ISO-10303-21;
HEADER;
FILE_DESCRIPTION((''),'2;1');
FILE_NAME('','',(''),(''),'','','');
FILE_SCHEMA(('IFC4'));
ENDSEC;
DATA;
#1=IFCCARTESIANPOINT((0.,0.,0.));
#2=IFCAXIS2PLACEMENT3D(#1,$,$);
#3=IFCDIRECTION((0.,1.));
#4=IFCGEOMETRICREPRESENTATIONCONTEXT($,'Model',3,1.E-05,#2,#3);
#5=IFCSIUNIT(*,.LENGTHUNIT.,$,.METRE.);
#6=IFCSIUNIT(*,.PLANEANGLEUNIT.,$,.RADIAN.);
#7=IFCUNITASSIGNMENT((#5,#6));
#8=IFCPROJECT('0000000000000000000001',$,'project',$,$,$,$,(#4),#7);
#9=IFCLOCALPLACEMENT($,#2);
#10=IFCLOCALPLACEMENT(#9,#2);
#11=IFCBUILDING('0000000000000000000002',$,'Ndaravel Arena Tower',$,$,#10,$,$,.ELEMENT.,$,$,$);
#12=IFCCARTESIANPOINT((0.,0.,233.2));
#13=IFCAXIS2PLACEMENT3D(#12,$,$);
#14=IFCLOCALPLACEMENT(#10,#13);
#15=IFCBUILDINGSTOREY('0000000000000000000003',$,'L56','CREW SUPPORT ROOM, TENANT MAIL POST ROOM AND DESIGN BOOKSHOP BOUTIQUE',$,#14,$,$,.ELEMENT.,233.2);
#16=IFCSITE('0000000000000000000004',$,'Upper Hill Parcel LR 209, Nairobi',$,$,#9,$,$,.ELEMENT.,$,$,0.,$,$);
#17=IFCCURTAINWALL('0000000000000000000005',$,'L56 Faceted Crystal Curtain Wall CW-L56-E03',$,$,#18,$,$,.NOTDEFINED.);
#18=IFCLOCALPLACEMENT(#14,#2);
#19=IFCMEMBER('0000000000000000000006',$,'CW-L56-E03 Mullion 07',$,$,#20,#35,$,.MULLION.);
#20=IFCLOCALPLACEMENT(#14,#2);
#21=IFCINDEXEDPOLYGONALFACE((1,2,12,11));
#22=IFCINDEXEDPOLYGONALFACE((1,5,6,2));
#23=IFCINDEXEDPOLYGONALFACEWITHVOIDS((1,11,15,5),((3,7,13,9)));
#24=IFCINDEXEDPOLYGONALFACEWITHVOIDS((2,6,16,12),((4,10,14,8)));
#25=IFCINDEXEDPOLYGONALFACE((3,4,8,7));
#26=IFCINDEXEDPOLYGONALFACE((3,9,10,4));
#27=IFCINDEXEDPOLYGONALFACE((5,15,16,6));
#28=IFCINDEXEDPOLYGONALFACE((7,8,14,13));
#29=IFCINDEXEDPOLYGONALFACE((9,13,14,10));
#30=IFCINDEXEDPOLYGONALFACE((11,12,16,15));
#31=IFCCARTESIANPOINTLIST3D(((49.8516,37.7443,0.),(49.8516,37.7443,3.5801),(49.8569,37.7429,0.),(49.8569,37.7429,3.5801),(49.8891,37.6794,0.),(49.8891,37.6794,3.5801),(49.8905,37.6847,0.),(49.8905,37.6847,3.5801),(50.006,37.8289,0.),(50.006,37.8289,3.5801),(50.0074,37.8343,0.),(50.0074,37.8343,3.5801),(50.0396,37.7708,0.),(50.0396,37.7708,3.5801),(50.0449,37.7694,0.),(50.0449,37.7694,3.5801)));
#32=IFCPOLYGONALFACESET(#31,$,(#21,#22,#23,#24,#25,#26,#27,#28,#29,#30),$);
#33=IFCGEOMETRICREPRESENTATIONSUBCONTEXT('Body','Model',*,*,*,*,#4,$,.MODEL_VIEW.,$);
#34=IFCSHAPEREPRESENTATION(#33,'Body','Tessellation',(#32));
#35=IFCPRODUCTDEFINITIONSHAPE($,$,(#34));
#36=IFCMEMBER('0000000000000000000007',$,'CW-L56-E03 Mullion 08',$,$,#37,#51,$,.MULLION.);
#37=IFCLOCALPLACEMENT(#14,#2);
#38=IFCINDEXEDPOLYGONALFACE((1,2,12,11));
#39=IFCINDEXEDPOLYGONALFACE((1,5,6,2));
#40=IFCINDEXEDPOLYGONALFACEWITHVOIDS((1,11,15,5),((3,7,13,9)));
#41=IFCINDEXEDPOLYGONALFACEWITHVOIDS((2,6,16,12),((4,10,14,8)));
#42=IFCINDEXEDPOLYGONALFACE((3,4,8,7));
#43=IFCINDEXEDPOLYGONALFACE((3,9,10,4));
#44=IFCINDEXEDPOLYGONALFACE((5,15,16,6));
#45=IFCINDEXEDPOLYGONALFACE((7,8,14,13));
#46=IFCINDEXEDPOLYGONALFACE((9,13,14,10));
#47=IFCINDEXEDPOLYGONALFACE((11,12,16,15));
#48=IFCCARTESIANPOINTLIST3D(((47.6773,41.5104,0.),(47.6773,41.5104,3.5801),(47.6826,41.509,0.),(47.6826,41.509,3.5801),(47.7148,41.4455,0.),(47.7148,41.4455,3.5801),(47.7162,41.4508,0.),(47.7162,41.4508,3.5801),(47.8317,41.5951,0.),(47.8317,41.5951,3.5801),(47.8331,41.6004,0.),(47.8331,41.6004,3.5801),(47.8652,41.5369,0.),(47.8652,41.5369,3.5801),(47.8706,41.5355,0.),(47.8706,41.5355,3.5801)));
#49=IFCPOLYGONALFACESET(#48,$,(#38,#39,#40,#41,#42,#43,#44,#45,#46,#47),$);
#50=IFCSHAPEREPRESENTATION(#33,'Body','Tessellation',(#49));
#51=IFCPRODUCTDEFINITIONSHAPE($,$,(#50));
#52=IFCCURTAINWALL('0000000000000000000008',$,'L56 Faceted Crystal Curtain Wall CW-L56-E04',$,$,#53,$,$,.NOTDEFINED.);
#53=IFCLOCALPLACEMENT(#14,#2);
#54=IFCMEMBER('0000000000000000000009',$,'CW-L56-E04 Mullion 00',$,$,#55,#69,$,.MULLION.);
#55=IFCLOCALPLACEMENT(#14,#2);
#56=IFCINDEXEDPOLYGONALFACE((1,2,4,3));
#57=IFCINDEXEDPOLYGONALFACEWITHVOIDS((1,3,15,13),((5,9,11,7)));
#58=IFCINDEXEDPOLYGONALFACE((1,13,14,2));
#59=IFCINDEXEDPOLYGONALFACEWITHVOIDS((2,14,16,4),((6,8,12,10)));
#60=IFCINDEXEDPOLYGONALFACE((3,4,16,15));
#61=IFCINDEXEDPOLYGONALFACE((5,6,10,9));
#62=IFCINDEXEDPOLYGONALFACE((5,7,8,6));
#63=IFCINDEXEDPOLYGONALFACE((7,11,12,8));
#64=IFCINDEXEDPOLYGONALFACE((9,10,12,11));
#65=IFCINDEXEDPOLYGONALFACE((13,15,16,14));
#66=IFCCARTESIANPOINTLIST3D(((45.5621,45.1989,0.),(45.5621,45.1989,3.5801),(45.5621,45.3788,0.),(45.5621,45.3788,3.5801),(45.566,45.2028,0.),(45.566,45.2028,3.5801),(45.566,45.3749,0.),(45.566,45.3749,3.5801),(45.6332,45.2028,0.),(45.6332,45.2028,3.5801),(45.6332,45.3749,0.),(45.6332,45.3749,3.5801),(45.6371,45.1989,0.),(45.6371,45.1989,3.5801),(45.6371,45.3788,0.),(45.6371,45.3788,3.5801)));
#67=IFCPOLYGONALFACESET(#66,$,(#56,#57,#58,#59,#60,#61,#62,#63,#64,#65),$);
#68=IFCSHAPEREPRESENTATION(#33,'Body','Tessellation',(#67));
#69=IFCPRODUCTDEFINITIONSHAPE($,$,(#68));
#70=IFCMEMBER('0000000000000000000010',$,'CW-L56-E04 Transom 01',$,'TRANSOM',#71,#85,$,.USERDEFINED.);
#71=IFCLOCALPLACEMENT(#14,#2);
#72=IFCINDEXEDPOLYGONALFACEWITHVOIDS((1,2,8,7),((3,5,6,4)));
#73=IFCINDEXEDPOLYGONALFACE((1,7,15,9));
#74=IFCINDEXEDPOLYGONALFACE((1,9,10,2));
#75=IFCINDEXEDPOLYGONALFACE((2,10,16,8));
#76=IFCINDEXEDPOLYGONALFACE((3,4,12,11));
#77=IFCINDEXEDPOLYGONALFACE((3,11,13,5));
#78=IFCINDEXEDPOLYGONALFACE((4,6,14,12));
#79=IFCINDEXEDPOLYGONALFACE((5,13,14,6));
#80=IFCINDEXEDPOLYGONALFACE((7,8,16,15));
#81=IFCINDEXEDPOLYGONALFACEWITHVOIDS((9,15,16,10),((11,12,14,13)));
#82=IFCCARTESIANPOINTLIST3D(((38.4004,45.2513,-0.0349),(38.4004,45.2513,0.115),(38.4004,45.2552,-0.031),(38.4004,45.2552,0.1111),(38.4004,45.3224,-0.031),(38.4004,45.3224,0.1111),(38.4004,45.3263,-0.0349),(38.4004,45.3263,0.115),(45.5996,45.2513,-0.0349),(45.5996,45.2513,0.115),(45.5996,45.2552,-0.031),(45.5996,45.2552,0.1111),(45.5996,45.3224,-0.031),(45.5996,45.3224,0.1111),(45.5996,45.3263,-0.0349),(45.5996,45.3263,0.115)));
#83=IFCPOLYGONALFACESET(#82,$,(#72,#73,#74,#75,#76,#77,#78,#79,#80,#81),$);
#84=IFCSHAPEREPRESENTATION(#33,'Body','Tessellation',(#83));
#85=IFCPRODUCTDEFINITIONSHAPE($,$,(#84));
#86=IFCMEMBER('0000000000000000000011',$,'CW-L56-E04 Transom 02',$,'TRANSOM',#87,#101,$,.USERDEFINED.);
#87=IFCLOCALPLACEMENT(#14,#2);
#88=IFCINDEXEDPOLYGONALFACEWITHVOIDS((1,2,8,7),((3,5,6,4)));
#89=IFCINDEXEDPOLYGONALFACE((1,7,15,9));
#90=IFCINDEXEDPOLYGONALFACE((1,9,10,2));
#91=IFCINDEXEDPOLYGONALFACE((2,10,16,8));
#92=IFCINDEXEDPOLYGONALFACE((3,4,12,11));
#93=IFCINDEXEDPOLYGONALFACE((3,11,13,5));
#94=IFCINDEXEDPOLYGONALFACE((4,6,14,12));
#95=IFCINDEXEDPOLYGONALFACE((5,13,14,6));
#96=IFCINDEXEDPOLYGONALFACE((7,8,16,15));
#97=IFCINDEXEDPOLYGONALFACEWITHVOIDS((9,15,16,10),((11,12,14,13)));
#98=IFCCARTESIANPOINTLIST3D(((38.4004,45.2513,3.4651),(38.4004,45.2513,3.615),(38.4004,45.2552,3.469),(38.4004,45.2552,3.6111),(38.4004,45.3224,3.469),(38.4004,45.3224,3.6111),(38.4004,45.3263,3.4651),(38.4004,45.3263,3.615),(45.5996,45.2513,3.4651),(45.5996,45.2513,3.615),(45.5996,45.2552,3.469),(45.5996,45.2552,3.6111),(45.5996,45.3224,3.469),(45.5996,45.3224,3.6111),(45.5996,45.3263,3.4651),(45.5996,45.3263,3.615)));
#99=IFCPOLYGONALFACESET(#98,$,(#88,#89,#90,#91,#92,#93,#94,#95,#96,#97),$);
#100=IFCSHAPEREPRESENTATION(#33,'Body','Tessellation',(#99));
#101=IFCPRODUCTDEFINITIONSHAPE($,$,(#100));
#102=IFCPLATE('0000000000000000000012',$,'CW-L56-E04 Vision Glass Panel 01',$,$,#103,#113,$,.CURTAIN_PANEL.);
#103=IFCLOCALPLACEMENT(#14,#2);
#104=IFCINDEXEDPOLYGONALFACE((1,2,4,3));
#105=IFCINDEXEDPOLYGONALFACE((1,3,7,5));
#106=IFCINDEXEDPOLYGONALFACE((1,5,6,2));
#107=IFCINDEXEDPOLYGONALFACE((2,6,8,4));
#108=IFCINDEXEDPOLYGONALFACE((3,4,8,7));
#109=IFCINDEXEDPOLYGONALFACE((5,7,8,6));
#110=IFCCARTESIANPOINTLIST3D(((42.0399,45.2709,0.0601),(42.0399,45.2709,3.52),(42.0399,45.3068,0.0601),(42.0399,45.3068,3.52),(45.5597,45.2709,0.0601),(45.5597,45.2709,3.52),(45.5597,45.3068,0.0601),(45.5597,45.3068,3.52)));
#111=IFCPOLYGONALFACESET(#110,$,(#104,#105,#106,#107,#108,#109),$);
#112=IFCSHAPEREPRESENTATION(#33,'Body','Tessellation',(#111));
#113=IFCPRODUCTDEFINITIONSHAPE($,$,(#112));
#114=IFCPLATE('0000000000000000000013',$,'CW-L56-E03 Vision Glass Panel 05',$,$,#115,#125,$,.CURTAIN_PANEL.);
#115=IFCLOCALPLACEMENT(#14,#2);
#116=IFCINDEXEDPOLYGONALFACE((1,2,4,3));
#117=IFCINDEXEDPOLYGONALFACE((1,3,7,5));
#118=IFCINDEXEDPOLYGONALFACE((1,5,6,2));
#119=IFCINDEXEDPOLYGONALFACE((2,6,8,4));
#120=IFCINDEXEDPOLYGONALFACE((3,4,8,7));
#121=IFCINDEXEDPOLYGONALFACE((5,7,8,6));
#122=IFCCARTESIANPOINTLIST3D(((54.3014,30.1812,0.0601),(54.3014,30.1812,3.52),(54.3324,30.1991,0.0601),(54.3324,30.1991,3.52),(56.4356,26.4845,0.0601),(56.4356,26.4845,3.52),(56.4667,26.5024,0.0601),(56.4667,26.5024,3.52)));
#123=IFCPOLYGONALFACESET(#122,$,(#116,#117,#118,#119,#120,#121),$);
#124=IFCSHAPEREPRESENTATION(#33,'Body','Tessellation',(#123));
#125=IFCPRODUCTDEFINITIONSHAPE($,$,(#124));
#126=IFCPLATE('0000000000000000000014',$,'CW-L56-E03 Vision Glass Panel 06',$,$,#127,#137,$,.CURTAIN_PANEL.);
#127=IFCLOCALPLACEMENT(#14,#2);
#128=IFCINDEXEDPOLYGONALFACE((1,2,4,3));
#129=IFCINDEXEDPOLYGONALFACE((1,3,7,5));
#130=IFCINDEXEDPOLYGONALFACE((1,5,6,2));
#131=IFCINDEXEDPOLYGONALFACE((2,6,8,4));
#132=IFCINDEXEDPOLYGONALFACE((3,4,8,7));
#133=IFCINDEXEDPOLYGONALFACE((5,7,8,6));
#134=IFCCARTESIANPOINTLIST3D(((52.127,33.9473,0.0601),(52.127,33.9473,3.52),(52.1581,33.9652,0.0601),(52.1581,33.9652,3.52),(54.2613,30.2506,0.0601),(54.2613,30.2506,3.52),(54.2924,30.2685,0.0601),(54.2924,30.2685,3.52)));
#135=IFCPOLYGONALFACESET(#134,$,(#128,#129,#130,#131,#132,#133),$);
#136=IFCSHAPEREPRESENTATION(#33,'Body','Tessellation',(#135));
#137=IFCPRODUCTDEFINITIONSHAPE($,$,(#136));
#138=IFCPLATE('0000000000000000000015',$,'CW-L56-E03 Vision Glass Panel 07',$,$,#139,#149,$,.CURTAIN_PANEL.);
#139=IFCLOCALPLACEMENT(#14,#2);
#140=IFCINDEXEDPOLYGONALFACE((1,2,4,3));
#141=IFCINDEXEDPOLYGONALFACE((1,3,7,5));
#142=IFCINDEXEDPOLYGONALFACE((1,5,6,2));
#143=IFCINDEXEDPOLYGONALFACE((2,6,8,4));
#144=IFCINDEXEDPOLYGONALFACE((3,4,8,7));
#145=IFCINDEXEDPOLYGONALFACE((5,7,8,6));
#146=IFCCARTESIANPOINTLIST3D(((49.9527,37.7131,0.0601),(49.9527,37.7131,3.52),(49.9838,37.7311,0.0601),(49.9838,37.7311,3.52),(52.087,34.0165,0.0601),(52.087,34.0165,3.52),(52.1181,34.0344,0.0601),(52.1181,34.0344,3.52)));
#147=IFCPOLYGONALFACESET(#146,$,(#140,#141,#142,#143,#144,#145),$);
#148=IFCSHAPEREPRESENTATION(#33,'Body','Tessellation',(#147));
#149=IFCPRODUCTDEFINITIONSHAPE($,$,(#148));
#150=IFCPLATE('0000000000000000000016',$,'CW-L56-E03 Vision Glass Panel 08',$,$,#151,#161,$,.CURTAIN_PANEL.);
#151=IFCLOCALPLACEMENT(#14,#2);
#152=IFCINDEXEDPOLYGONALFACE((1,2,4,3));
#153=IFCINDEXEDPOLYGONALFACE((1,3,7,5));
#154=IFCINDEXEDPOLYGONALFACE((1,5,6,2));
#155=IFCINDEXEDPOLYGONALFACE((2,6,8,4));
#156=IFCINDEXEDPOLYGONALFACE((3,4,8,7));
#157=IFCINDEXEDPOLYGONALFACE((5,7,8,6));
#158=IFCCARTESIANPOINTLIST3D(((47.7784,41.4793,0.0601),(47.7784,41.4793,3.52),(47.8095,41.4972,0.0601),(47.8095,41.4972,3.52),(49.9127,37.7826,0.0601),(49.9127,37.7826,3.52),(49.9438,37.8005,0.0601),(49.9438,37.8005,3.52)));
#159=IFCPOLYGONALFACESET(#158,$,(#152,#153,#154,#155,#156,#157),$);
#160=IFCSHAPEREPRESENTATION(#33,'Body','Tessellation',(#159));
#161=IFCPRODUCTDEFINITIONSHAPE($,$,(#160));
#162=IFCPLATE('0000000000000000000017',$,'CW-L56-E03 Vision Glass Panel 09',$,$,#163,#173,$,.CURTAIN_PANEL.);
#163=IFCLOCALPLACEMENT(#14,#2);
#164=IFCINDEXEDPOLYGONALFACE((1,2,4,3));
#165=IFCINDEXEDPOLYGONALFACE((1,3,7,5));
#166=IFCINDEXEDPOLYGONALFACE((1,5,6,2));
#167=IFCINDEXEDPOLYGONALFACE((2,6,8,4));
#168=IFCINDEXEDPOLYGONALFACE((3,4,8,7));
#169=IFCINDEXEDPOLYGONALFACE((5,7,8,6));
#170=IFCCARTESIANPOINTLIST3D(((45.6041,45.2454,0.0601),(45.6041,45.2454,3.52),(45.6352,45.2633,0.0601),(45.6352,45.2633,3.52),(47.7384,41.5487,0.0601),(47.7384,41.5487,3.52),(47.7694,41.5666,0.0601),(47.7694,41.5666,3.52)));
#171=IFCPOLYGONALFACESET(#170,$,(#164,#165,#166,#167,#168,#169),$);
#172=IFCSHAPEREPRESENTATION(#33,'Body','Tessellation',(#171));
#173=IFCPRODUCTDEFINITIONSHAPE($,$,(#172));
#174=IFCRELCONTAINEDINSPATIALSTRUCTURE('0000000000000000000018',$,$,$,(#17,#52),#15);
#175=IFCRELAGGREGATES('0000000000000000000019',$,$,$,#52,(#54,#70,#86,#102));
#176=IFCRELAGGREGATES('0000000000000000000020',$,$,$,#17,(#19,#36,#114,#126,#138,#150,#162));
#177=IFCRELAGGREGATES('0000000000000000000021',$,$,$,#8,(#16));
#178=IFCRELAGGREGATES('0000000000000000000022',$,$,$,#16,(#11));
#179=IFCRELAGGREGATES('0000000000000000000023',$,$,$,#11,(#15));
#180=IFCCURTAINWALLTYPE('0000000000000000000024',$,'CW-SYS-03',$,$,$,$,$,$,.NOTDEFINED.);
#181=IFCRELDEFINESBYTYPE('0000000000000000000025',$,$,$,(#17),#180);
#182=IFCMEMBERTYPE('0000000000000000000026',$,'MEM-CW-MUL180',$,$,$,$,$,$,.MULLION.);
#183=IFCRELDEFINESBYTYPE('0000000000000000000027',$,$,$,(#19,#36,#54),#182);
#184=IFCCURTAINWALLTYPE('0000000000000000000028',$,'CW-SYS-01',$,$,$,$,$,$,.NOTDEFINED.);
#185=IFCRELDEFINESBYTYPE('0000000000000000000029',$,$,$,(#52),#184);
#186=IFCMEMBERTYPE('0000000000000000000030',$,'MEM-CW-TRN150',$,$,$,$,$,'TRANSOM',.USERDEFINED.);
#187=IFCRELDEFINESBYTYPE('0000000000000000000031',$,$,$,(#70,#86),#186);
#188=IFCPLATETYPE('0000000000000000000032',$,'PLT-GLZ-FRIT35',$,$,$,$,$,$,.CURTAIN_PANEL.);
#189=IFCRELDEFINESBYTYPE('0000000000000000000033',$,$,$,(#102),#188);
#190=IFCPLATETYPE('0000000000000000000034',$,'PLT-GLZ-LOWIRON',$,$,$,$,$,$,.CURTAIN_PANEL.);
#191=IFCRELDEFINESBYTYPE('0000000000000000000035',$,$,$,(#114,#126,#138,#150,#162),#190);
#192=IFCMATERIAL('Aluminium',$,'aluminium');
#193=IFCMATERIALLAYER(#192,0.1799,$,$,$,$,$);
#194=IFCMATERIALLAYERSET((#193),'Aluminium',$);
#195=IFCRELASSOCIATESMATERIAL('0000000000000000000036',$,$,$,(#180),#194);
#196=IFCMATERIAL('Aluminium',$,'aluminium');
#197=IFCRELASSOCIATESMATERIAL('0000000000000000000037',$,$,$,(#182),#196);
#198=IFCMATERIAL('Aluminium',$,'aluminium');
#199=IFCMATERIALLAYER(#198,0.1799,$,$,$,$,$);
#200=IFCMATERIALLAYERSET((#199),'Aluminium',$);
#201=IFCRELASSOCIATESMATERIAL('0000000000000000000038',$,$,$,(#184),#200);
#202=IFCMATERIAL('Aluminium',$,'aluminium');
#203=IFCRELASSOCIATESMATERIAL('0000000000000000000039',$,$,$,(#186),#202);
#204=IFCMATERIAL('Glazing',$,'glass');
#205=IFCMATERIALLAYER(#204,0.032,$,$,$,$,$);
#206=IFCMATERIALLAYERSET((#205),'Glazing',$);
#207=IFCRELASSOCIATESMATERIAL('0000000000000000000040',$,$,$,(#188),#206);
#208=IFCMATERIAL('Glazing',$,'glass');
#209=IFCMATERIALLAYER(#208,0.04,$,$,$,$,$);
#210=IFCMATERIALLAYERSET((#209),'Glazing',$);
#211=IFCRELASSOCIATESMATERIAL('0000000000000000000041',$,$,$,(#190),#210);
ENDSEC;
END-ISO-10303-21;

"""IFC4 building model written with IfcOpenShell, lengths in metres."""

from ifc_helpers import new_model, si_unit, direction, frame, origin, origin_2d, place, context, subcontext, project, spatial, rectangle, hollow_rectangle, extrude, material, layer, layer_set, material_profile, profile_set, type_object, element, aggregate, save


model = new_model("IFC4")

# Units and contexts
model_context = context("Model", 3, precision=1e-05, world=origin(), true_north=direction((0.0, 1.0)))
body_context = subcontext(model_context, "Body", "Model", "MODEL_VIEW")
ifc_project = project(units=[si_unit("LENGTHUNIT", "METRE"), si_unit("PLANEANGLEUNIT", "RADIAN")], contexts=[model_context])

# Site, building, storey
site_placement = place(None, origin())
site = spatial("IfcSite", under=ifc_project, at=site_placement, Name="Upper Hill Parcel LR 209, Nairobi", CompositionType="ELEMENT", RefElevation=0.0)
building_placement = place(site_placement, origin())
building = spatial("IfcBuilding", under=site, at=building_placement, Name="Ndaravel Arena Tower", CompositionType="ELEMENT")
storey_placement = place(building_placement, frame((0.0, 0.0, 233.2)))
storey = spatial("IfcBuildingStorey", under=building, at=storey_placement, Name="L56", Description="CREW SUPPORT ROOM, TENANT MAIL POST ROOM AND DESIGN BOOKSHOP BOUTIQUE", CompositionType="ELEMENT", Elevation=233.2)

# Curtain wall, members
ifc_material_1 = material(Name="Aluminium", Category="aluminium")
ifc_layer_1 = layer(ifc_material_1, 0.1799)
ifc_layer_set_1 = layer_set([ifc_layer_1], Name="Aluminium")
curtain_wall_type_1 = type_object("IfcCurtainWallType", Name="CW-SYS-03", PredefinedType="NOTDEFINED", material=ifc_layer_set_1)
curtain_wall_1_placement = place(storey_placement, origin())
curtain_wall_1 = element("IfcCurtainWall", 1, at=curtain_wall_1_placement, inside=storey, type_object=curtain_wall_type_1, Name="L56 Faceted Crystal Curtain Wall CW-L56-E03", PredefinedType="NOTDEFINED")
ifc_material_2 = material(Name="Aluminium", Category="aluminium")
ifc_material_profile_1 = material_profile(ifc_material_2, hollow_rectangle(XDim=0.075, YDim=0.1799, WallThickness=0.0039, at=origin_2d()), Name="CW MULLION 75x180x4")
ifc_profile_set_1 = profile_set([ifc_material_profile_1], Name="Aluminium")
member_type_1 = type_object("IfcMemberType", Name="MEM-CW-MUL180", PredefinedType="MULLION", material=ifc_profile_set_1)
member_1_placement = place(storey_placement, frame((49.9482, 37.7568, 0.0), z_axis=(0.0, 0.0, 1.0), x_axis=(-0.5, 0.866025, 0.0)))
member_1 = element("IfcMember", 2, at=member_1_placement, type_object=member_type_1, Name="CW-L56-E03 Mullion 07", PredefinedType="MULLION", context=body_context, shape_type="SweptSolid", body=[
    extrude(hollow_rectangle(XDim=0.075, YDim=0.1799, WallThickness=0.0039, at=origin_2d()), origin(), (0.0, 0.0, 1.0), 3.5801),
])
member_2_placement = place(storey_placement, frame((47.7739, 41.5229, 0.0), z_axis=(0.0, 0.0, 1.0), x_axis=(-0.5, 0.866025, 0.0)))
member_2 = element("IfcMember", 3, at=member_2_placement, type_object=member_type_1, Name="CW-L56-E03 Mullion 08", PredefinedType="MULLION", context=body_context, shape_type="SweptSolid", body=[
    extrude(hollow_rectangle(XDim=0.075, YDim=0.1799, WallThickness=0.0039, at=origin_2d()), origin(), (0.0, 0.0, 1.0), 3.5801),
])

# Curtain wall, members, plate
ifc_material_3 = material(Name="Aluminium", Category="aluminium")
ifc_layer_2 = layer(ifc_material_3, 0.1799)
ifc_layer_set_2 = layer_set([ifc_layer_2], Name="Aluminium")
curtain_wall_type_2 = type_object("IfcCurtainWallType", Name="CW-SYS-01", PredefinedType="NOTDEFINED", material=ifc_layer_set_2)
curtain_wall_2_placement = place(storey_placement, origin())
curtain_wall_2 = element("IfcCurtainWall", 4, at=curtain_wall_2_placement, inside=storey, type_object=curtain_wall_type_2, Name="L56 Faceted Crystal Curtain Wall CW-L56-E04", PredefinedType="NOTDEFINED")
member_3_placement = place(storey_placement, frame((45.5996, 45.2888, 0.0), z_axis=(0.0, 0.0, 1.0), x_axis=(-1.0, 0.0, 0.0)))
member_3 = element("IfcMember", 5, at=member_3_placement, type_object=member_type_1, Name="CW-L56-E04 Mullion 00", PredefinedType="MULLION", context=body_context, shape_type="SweptSolid", body=[
    extrude(hollow_rectangle(XDim=0.075, YDim=0.1799, WallThickness=0.0039, at=origin_2d()), origin(), (0.0, 0.0, 1.0), 3.5801),
])
ifc_material_4 = material(Name="Aluminium", Category="aluminium")
ifc_material_profile_2 = material_profile(ifc_material_4, hollow_rectangle(XDim=0.075, YDim=0.1499, WallThickness=0.0039, at=origin_2d()), Name="CW TRANSOM 75x150x4")
ifc_profile_set_2 = profile_set([ifc_material_profile_2], Name="Aluminium")
member_type_2 = type_object("IfcMemberType", Name="MEM-CW-TRN150", ElementType="TRANSOM", PredefinedType="USERDEFINED", material=ifc_profile_set_2)
member_4_placement = place(storey_placement, frame((45.5996, 45.2888, 0.04), z_axis=(-1.0, 0.0, 0.0), x_axis=(0.0, -1.0, 0.0)))
member_4 = element("IfcMember", 6, at=member_4_placement, type_object=member_type_2, Name="CW-L56-E04 Transom 01", ObjectType="TRANSOM", PredefinedType="USERDEFINED", context=body_context, shape_type="SweptSolid", body=[
    extrude(hollow_rectangle(XDim=0.075, YDim=0.1499, WallThickness=0.0039, at=origin_2d()), origin(), (0.0, 0.0, 1.0), 7.1992),
])
member_5_placement = place(storey_placement, frame((45.5996, 45.2888, 3.54), z_axis=(-1.0, 0.0, 0.0), x_axis=(0.0, -1.0, 0.0)))
member_5 = element("IfcMember", 7, at=member_5_placement, type_object=member_type_2, Name="CW-L56-E04 Transom 02", ObjectType="TRANSOM", PredefinedType="USERDEFINED", context=body_context, shape_type="SweptSolid", body=[
    extrude(hollow_rectangle(XDim=0.075, YDim=0.1499, WallThickness=0.0039, at=origin_2d()), origin(), (0.0, 0.0, 1.0), 7.1992),
])
ifc_material_5 = material(Name="Glazing", Category="glass")
ifc_layer_3 = layer(ifc_material_5, 0.032)
ifc_layer_set_3 = layer_set([ifc_layer_3], Name="Glazing")
plate_type_1 = type_object("IfcPlateType", Name="PLT-GLZ-FRIT35", PredefinedType="CURTAIN_PANEL", material=ifc_layer_set_3)
plate_1_placement = place(storey_placement, frame((43.7998, 45.2888, 0.0601), z_axis=(0.0, 0.0, 1.0), x_axis=(-1.0, 0.0, 0.0)))
plate_1 = element("IfcPlate", 8, at=plate_1_placement, type_object=plate_type_1, Name="CW-L56-E04 Vision Glass Panel 01", PredefinedType="CURTAIN_PANEL", context=body_context, shape_type="SweptSolid", body=[
    extrude(rectangle(XDim=3.5198, YDim=0.0359, at=origin_2d()), origin(), (0.0, 0.0, 1.0), 3.46),
])
aggregate(curtain_wall_2, [member_3, member_4, member_5, plate_1])

# Plates
ifc_material_6 = material(Name="Glazing", Category="glass")
ifc_layer_4 = layer(ifc_material_6, 0.04)
ifc_layer_set_4 = layer_set([ifc_layer_4], Name="Glazing")
plate_type_2 = type_object("IfcPlateType", Name="PLT-GLZ-LOWIRON", PredefinedType="CURTAIN_PANEL", material=ifc_layer_set_4)
plate_2_placement = place(storey_placement, frame((55.384, 28.3418, 0.0601), z_axis=(0.0, 0.0, 1.0), x_axis=(-0.5, 0.866025, 0.0)))
plate_2 = element("IfcPlate", 9, at=plate_2_placement, type_object=plate_type_2, Name="CW-L56-E03 Vision Glass Panel 05", PredefinedType="CURTAIN_PANEL", context=body_context, shape_type="SweptSolid", body=[
    extrude(rectangle(XDim=4.2686, YDim=0.0359, at=origin_2d()), origin(), (0.0, 0.0, 1.0), 3.46),
])
plate_3_placement = place(storey_placement, frame((53.2097, 32.1079, 0.0601), z_axis=(0.0, 0.0, 1.0), x_axis=(-0.5, 0.866025, 0.0)))
plate_3 = element("IfcPlate", 10, at=plate_3_placement, type_object=plate_type_2, Name="CW-L56-E03 Vision Glass Panel 06", PredefinedType="CURTAIN_PANEL", context=body_context, shape_type="SweptSolid", body=[
    extrude(rectangle(XDim=4.2686, YDim=0.0359, at=origin_2d()), origin(), (0.0, 0.0, 1.0), 3.46),
])
plate_4_placement = place(storey_placement, frame((51.0354, 35.8738, 0.0601), z_axis=(0.0, 0.0, 1.0), x_axis=(-0.5, 0.866025, 0.0)))
plate_4 = element("IfcPlate", 11, at=plate_4_placement, type_object=plate_type_2, Name="CW-L56-E03 Vision Glass Panel 07", PredefinedType="CURTAIN_PANEL", context=body_context, shape_type="SweptSolid", body=[
    extrude(rectangle(XDim=4.2686, YDim=0.0359, at=origin_2d()), origin(), (0.0, 0.0, 1.0), 3.46),
])
plate_5_placement = place(storey_placement, frame((48.8611, 39.6399, 0.0601), z_axis=(0.0, 0.0, 1.0), x_axis=(-0.5, 0.866025, 0.0)))
plate_5 = element("IfcPlate", 12, at=plate_5_placement, type_object=plate_type_2, Name="CW-L56-E03 Vision Glass Panel 08", PredefinedType="CURTAIN_PANEL", context=body_context, shape_type="SweptSolid", body=[
    extrude(rectangle(XDim=4.2686, YDim=0.0359, at=origin_2d()), origin(), (0.0, 0.0, 1.0), 3.46),
])
plate_6_placement = place(storey_placement, frame((46.6868, 43.406, 0.0601), z_axis=(0.0, 0.0, 1.0), x_axis=(-0.5, 0.866025, 0.0)))
plate_6 = element("IfcPlate", 13, at=plate_6_placement, type_object=plate_type_2, Name="CW-L56-E03 Vision Glass Panel 09", PredefinedType="CURTAIN_PANEL", context=body_context, shape_type="SweptSolid", body=[
    extrude(rectangle(XDim=4.2686, YDim=0.0359, at=origin_2d()), origin(), (0.0, 0.0, 1.0), 3.46),
])
aggregate(curtain_wall_1, [member_1, member_2, plate_2, plate_3, plate_4, plate_5, plate_6])

save(model, "model.ifc")
